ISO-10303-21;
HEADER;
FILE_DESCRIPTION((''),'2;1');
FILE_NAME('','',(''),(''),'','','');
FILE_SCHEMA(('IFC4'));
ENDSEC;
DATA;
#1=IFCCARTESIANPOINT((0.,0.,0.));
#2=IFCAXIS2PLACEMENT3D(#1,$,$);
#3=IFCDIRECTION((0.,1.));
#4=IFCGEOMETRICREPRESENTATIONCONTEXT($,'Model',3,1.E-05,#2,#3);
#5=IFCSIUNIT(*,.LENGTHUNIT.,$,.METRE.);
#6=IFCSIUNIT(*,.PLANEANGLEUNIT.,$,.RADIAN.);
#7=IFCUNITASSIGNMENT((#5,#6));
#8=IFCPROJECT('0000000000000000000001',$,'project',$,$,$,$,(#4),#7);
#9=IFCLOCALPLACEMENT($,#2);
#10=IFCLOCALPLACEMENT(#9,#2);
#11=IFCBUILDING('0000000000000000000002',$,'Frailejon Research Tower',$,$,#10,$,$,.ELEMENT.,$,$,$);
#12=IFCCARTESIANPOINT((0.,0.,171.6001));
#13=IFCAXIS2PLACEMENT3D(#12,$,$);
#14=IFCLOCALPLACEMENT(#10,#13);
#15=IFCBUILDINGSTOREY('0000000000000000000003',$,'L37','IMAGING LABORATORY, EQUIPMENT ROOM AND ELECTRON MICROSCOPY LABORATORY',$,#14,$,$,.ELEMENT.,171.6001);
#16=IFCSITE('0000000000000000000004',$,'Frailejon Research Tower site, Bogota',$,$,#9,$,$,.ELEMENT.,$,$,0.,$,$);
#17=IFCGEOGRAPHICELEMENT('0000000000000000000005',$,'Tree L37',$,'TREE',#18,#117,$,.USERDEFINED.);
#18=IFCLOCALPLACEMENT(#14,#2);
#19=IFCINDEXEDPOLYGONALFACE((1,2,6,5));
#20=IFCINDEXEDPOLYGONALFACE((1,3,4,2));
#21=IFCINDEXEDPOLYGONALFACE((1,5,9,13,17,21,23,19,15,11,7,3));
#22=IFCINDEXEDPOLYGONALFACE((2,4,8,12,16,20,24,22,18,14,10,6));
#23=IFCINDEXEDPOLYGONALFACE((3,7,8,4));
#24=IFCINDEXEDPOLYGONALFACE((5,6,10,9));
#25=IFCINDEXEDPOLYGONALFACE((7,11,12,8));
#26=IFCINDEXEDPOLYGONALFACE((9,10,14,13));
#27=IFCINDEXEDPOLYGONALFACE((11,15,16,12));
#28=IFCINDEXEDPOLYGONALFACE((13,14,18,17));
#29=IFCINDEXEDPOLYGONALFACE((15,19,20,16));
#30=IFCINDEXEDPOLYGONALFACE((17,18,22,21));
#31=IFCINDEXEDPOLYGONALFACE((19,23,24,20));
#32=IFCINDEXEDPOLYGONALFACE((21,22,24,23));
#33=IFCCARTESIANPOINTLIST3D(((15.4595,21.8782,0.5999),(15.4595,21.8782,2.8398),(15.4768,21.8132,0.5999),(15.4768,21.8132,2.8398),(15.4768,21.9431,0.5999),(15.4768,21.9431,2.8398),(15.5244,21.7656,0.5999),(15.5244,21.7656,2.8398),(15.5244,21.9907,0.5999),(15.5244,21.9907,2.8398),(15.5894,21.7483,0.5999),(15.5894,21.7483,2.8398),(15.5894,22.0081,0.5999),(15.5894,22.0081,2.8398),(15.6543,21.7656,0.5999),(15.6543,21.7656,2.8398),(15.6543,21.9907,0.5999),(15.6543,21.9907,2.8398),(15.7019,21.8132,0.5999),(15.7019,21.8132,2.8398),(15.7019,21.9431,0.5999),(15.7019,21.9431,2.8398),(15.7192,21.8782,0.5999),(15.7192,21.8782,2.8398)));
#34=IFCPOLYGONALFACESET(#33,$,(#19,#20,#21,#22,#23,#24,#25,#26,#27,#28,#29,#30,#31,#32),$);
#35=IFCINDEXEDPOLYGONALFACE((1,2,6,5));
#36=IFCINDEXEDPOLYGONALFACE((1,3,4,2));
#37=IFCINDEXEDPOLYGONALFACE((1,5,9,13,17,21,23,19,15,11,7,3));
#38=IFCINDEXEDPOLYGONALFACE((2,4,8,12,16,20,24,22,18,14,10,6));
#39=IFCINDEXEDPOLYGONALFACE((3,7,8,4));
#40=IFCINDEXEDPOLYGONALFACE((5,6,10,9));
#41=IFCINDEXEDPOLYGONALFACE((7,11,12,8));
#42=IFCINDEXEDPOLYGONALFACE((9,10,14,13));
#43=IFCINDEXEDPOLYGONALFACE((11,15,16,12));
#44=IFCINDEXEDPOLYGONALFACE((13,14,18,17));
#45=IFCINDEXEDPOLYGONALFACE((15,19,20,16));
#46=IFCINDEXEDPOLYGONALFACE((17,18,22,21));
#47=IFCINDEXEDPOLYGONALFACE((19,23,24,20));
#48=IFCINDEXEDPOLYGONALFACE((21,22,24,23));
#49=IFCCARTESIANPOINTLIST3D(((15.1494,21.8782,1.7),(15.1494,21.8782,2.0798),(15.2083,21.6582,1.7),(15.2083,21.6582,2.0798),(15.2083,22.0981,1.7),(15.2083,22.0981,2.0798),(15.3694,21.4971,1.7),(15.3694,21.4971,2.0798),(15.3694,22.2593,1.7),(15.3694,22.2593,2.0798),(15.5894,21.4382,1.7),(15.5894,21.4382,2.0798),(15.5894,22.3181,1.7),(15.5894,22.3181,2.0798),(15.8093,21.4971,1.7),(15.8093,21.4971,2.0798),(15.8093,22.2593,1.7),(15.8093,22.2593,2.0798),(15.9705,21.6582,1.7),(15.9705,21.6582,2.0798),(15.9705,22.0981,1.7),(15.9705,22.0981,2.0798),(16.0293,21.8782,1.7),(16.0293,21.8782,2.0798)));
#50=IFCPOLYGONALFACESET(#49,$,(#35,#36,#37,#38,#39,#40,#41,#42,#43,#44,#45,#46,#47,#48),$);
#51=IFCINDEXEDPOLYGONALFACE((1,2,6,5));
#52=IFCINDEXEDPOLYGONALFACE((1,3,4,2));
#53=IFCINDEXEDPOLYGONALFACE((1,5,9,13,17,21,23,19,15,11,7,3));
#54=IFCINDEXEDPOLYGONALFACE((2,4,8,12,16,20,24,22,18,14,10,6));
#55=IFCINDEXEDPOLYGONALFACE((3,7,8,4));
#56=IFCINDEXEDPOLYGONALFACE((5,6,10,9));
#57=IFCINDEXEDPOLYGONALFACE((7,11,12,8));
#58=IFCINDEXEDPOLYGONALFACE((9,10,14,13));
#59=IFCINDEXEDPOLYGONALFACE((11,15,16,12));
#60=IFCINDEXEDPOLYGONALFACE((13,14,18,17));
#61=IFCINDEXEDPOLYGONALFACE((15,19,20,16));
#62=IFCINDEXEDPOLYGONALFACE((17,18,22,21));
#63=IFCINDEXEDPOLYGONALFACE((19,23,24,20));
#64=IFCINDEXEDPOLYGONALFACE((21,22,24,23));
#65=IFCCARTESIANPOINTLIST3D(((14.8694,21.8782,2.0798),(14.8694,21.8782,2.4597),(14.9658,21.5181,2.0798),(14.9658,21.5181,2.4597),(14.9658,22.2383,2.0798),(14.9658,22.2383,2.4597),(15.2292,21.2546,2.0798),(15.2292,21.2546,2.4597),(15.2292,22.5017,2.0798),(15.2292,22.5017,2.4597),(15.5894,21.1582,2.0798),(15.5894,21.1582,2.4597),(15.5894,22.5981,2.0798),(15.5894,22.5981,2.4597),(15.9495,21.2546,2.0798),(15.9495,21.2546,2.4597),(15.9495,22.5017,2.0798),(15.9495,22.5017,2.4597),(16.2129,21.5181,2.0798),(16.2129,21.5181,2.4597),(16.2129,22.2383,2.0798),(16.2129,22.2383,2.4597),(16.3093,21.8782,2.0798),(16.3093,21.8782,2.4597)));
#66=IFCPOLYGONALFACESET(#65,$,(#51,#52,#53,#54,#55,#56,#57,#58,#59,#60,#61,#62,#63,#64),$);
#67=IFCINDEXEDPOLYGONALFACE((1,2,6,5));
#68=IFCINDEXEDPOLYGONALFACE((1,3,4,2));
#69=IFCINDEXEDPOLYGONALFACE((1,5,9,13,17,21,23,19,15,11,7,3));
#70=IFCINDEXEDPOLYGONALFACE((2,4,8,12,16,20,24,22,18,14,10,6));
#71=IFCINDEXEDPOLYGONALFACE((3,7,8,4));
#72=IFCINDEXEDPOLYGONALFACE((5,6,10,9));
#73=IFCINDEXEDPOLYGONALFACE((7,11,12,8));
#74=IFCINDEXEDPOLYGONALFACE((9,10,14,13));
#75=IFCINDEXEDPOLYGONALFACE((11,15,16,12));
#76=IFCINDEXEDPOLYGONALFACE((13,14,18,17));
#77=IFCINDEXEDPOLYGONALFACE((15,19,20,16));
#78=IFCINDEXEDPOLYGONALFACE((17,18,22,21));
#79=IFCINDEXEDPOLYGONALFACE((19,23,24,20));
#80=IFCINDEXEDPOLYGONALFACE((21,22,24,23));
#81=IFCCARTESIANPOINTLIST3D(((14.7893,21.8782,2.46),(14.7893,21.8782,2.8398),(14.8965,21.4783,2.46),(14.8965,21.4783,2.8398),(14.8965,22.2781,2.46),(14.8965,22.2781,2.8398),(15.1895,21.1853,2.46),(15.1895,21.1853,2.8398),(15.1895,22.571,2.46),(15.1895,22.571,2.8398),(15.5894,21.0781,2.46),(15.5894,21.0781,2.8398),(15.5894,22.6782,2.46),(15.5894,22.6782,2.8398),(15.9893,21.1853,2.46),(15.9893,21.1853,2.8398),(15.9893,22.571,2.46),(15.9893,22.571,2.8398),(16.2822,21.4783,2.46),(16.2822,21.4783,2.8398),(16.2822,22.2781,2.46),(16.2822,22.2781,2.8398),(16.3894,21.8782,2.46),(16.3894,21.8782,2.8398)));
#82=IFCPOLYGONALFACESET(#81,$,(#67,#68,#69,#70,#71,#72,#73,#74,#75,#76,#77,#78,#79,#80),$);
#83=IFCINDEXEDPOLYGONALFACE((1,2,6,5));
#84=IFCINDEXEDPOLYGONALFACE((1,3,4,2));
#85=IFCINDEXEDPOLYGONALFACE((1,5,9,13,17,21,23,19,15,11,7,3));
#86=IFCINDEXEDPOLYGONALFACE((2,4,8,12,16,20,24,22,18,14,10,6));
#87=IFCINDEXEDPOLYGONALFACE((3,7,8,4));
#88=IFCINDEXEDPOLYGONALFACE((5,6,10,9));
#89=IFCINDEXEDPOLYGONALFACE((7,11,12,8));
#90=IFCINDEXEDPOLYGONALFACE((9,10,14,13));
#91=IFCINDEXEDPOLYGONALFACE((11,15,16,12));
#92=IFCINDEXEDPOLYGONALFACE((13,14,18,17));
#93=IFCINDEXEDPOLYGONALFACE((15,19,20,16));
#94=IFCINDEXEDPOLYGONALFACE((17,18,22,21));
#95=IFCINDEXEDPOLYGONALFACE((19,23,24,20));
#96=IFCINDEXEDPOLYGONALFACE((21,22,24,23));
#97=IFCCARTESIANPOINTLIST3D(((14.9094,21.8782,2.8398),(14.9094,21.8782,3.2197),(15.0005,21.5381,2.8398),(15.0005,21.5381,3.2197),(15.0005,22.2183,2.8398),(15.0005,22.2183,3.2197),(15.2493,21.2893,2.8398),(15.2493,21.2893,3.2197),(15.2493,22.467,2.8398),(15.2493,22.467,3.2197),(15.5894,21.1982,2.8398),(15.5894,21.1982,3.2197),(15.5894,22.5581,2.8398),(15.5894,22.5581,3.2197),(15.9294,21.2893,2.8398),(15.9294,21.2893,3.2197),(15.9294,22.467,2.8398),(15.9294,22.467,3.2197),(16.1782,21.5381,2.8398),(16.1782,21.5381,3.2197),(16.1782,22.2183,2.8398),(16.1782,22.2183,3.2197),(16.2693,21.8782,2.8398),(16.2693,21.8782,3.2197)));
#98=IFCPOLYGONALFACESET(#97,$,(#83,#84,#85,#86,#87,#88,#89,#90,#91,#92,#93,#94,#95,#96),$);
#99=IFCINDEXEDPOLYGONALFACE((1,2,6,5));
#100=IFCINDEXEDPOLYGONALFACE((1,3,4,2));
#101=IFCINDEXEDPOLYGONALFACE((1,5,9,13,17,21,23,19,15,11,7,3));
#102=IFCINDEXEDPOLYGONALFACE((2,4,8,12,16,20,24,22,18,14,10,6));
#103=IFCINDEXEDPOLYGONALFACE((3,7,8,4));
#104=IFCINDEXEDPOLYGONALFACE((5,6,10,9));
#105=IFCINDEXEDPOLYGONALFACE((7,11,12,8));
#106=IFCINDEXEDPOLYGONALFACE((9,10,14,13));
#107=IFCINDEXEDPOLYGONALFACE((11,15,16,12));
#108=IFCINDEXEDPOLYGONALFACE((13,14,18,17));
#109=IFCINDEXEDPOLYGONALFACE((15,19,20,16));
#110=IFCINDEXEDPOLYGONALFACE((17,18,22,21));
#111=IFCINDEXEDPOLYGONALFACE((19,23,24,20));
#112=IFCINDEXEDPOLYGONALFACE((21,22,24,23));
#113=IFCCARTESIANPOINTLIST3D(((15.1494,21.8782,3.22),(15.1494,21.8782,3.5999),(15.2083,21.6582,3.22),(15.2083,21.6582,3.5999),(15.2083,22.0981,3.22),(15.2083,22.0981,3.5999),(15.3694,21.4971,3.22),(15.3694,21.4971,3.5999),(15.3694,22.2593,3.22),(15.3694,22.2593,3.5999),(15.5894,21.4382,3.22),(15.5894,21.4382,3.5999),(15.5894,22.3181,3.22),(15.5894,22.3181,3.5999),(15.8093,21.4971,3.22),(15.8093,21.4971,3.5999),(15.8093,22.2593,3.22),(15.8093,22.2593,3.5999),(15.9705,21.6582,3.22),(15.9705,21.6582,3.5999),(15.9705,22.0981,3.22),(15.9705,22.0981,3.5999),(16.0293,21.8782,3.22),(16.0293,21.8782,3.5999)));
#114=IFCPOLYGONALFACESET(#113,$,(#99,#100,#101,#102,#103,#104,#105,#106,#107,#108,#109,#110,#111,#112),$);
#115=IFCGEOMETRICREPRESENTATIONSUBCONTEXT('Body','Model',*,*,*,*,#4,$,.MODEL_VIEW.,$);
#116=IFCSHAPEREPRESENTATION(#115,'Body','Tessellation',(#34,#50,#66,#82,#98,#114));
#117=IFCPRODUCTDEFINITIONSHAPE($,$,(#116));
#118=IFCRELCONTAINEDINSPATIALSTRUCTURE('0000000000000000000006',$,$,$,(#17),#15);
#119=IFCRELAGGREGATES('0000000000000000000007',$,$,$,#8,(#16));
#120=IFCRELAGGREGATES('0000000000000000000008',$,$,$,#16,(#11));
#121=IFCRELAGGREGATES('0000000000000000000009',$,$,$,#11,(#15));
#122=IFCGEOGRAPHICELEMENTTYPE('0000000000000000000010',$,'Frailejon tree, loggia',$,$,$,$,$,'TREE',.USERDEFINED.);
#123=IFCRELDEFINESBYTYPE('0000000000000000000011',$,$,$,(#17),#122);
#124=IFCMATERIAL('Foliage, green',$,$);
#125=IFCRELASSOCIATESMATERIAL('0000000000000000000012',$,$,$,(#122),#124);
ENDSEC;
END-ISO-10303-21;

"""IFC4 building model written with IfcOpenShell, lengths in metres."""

from ifc_helpers import new_model, si_unit, direction, frame, origin, place, context, subcontext, project, spatial, polyline, outline, extrude, material, type_object, element, save


model = new_model("IFC4")

# Units and contexts
model_context = context("Model", 3, precision=1e-05, world=origin(), true_north=direction((0.0, 1.0)))
body_context = subcontext(model_context, "Body", "Model", "MODEL_VIEW")
ifc_project = project(units=[si_unit("LENGTHUNIT", "METRE"), si_unit("PLANEANGLEUNIT", "RADIAN")], contexts=[model_context])

# Site, building, storey
site_placement = place(None, origin())
site = spatial("IfcSite", under=ifc_project, at=site_placement, Name="Frailejon Research Tower site, Bogota", CompositionType="ELEMENT", RefElevation=0.0)
building_placement = place(site_placement, origin())
building = spatial("IfcBuilding", under=site, at=building_placement, Name="Frailejon Research Tower", CompositionType="ELEMENT")
storey_placement = place(building_placement, frame((0.0, 0.0, 171.6001)))
storey = spatial("IfcBuildingStorey", under=building, at=storey_placement, Name="L37", Description="IMAGING LABORATORY, EQUIPMENT ROOM AND ELECTRON MICROSCOPY LABORATORY", CompositionType="ELEMENT", Elevation=171.6001)

# Geographic element
ifc_material_1 = material(Name="Foliage, green")
geographic_element_type = type_object("IfcGeographicElementType", Name="Frailejon tree, loggia", ElementType="TREE", PredefinedType="USERDEFINED", material=ifc_material_1)
geographic_element_placement = place(storey_placement, frame((15.5894, 21.8782, 0.5999)))
element("IfcGeographicElement", 1, at=geographic_element_placement, inside=storey, type_object=geographic_element_type, Name="Tree L37", ObjectType="TREE", PredefinedType="USERDEFINED", context=body_context, shape_type="SweptSolid", body=[
    extrude(outline(polyline([(0.1299, 0.0), (0.1125, 0.0649), (0.0649, 0.1125), (0.0, 0.1299), (-0.0649, 0.1125), (-0.1125, 0.0649), (-0.1299, 0.0), (-0.1125, -0.0649), (-0.0649, -0.1125), (0.0, -0.1299), (0.0649, -0.1125), (0.1125, -0.0649), (0.1299, 0.0)])), origin(), (0.0, 0.0, 1.0), 2.24),
    extrude(outline(polyline([(0.4399, 0.0), (0.3811, 0.22), (0.22, 0.3811), (0.0, 0.4399), (-0.22, 0.3811), (-0.3811, 0.22), (-0.4399, 0.0), (-0.3811, -0.22), (-0.22, -0.3811), (0.0, -0.4399), (0.22, -0.3811), (0.3811, -0.22), (0.4399, 0.0)])), frame((0.0, 0.0, 1.1001)), (0.0, 0.0, 1.0), 0.3799),
    extrude(outline(polyline([(0.72, 0.0), (0.6235, 0.3601), (0.3601, 0.6235), (0.0, 0.72), (-0.3601, 0.6235), (-0.6235, 0.3601), (-0.72, 0.0), (-0.6235, -0.3601), (-0.3601, -0.6235), (0.0, -0.72), (0.3601, -0.6235), (0.6235, -0.3601), (0.72, 0.0)])), frame((0.0, 0.0, 1.48)), (0.0, 0.0, 1.0), 0.3799),
    extrude(outline(polyline([(0.8, 0.0), (0.6929, 0.3999), (0.3999, 0.6929), (0.0, 0.8), (-0.3999, 0.6929), (-0.6929, 0.3999), (-0.8, 0.0), (-0.6929, -0.3999), (-0.3999, -0.6929), (0.0, -0.8), (0.3999, -0.6929), (0.6929, -0.3999), (0.8, 0.0)])), frame((0.0, 0.0, 1.8601)), (0.0, 0.0, 1.0), 0.3799),
    extrude(outline(polyline([(0.6799, 0.0), (0.5889, 0.3401), (0.3401, 0.5889), (0.0, 0.6799), (-0.3401, 0.5889), (-0.5889, 0.3401), (-0.6799, 0.0), (-0.5889, -0.3401), (-0.3401, -0.5889), (0.0, -0.6799), (0.3401, -0.5889), (0.5889, -0.3401), (0.6799, 0.0)])), frame((0.0, 0.0, 2.24)), (0.0, 0.0, 1.0), 0.3799),
    extrude(outline(polyline([(0.4399, 0.0), (0.3811, 0.22), (0.22, 0.3811), (0.0, 0.4399), (-0.22, 0.3811), (-0.3811, 0.22), (-0.4399, 0.0), (-0.3811, -0.22), (-0.22, -0.3811), (0.0, -0.4399), (0.22, -0.3811), (0.3811, -0.22), (0.4399, 0.0)])), frame((0.0, 0.0, 2.6201)), (0.0, 0.0, 1.0), 0.3799),
])

save(model, "model.ifc")
